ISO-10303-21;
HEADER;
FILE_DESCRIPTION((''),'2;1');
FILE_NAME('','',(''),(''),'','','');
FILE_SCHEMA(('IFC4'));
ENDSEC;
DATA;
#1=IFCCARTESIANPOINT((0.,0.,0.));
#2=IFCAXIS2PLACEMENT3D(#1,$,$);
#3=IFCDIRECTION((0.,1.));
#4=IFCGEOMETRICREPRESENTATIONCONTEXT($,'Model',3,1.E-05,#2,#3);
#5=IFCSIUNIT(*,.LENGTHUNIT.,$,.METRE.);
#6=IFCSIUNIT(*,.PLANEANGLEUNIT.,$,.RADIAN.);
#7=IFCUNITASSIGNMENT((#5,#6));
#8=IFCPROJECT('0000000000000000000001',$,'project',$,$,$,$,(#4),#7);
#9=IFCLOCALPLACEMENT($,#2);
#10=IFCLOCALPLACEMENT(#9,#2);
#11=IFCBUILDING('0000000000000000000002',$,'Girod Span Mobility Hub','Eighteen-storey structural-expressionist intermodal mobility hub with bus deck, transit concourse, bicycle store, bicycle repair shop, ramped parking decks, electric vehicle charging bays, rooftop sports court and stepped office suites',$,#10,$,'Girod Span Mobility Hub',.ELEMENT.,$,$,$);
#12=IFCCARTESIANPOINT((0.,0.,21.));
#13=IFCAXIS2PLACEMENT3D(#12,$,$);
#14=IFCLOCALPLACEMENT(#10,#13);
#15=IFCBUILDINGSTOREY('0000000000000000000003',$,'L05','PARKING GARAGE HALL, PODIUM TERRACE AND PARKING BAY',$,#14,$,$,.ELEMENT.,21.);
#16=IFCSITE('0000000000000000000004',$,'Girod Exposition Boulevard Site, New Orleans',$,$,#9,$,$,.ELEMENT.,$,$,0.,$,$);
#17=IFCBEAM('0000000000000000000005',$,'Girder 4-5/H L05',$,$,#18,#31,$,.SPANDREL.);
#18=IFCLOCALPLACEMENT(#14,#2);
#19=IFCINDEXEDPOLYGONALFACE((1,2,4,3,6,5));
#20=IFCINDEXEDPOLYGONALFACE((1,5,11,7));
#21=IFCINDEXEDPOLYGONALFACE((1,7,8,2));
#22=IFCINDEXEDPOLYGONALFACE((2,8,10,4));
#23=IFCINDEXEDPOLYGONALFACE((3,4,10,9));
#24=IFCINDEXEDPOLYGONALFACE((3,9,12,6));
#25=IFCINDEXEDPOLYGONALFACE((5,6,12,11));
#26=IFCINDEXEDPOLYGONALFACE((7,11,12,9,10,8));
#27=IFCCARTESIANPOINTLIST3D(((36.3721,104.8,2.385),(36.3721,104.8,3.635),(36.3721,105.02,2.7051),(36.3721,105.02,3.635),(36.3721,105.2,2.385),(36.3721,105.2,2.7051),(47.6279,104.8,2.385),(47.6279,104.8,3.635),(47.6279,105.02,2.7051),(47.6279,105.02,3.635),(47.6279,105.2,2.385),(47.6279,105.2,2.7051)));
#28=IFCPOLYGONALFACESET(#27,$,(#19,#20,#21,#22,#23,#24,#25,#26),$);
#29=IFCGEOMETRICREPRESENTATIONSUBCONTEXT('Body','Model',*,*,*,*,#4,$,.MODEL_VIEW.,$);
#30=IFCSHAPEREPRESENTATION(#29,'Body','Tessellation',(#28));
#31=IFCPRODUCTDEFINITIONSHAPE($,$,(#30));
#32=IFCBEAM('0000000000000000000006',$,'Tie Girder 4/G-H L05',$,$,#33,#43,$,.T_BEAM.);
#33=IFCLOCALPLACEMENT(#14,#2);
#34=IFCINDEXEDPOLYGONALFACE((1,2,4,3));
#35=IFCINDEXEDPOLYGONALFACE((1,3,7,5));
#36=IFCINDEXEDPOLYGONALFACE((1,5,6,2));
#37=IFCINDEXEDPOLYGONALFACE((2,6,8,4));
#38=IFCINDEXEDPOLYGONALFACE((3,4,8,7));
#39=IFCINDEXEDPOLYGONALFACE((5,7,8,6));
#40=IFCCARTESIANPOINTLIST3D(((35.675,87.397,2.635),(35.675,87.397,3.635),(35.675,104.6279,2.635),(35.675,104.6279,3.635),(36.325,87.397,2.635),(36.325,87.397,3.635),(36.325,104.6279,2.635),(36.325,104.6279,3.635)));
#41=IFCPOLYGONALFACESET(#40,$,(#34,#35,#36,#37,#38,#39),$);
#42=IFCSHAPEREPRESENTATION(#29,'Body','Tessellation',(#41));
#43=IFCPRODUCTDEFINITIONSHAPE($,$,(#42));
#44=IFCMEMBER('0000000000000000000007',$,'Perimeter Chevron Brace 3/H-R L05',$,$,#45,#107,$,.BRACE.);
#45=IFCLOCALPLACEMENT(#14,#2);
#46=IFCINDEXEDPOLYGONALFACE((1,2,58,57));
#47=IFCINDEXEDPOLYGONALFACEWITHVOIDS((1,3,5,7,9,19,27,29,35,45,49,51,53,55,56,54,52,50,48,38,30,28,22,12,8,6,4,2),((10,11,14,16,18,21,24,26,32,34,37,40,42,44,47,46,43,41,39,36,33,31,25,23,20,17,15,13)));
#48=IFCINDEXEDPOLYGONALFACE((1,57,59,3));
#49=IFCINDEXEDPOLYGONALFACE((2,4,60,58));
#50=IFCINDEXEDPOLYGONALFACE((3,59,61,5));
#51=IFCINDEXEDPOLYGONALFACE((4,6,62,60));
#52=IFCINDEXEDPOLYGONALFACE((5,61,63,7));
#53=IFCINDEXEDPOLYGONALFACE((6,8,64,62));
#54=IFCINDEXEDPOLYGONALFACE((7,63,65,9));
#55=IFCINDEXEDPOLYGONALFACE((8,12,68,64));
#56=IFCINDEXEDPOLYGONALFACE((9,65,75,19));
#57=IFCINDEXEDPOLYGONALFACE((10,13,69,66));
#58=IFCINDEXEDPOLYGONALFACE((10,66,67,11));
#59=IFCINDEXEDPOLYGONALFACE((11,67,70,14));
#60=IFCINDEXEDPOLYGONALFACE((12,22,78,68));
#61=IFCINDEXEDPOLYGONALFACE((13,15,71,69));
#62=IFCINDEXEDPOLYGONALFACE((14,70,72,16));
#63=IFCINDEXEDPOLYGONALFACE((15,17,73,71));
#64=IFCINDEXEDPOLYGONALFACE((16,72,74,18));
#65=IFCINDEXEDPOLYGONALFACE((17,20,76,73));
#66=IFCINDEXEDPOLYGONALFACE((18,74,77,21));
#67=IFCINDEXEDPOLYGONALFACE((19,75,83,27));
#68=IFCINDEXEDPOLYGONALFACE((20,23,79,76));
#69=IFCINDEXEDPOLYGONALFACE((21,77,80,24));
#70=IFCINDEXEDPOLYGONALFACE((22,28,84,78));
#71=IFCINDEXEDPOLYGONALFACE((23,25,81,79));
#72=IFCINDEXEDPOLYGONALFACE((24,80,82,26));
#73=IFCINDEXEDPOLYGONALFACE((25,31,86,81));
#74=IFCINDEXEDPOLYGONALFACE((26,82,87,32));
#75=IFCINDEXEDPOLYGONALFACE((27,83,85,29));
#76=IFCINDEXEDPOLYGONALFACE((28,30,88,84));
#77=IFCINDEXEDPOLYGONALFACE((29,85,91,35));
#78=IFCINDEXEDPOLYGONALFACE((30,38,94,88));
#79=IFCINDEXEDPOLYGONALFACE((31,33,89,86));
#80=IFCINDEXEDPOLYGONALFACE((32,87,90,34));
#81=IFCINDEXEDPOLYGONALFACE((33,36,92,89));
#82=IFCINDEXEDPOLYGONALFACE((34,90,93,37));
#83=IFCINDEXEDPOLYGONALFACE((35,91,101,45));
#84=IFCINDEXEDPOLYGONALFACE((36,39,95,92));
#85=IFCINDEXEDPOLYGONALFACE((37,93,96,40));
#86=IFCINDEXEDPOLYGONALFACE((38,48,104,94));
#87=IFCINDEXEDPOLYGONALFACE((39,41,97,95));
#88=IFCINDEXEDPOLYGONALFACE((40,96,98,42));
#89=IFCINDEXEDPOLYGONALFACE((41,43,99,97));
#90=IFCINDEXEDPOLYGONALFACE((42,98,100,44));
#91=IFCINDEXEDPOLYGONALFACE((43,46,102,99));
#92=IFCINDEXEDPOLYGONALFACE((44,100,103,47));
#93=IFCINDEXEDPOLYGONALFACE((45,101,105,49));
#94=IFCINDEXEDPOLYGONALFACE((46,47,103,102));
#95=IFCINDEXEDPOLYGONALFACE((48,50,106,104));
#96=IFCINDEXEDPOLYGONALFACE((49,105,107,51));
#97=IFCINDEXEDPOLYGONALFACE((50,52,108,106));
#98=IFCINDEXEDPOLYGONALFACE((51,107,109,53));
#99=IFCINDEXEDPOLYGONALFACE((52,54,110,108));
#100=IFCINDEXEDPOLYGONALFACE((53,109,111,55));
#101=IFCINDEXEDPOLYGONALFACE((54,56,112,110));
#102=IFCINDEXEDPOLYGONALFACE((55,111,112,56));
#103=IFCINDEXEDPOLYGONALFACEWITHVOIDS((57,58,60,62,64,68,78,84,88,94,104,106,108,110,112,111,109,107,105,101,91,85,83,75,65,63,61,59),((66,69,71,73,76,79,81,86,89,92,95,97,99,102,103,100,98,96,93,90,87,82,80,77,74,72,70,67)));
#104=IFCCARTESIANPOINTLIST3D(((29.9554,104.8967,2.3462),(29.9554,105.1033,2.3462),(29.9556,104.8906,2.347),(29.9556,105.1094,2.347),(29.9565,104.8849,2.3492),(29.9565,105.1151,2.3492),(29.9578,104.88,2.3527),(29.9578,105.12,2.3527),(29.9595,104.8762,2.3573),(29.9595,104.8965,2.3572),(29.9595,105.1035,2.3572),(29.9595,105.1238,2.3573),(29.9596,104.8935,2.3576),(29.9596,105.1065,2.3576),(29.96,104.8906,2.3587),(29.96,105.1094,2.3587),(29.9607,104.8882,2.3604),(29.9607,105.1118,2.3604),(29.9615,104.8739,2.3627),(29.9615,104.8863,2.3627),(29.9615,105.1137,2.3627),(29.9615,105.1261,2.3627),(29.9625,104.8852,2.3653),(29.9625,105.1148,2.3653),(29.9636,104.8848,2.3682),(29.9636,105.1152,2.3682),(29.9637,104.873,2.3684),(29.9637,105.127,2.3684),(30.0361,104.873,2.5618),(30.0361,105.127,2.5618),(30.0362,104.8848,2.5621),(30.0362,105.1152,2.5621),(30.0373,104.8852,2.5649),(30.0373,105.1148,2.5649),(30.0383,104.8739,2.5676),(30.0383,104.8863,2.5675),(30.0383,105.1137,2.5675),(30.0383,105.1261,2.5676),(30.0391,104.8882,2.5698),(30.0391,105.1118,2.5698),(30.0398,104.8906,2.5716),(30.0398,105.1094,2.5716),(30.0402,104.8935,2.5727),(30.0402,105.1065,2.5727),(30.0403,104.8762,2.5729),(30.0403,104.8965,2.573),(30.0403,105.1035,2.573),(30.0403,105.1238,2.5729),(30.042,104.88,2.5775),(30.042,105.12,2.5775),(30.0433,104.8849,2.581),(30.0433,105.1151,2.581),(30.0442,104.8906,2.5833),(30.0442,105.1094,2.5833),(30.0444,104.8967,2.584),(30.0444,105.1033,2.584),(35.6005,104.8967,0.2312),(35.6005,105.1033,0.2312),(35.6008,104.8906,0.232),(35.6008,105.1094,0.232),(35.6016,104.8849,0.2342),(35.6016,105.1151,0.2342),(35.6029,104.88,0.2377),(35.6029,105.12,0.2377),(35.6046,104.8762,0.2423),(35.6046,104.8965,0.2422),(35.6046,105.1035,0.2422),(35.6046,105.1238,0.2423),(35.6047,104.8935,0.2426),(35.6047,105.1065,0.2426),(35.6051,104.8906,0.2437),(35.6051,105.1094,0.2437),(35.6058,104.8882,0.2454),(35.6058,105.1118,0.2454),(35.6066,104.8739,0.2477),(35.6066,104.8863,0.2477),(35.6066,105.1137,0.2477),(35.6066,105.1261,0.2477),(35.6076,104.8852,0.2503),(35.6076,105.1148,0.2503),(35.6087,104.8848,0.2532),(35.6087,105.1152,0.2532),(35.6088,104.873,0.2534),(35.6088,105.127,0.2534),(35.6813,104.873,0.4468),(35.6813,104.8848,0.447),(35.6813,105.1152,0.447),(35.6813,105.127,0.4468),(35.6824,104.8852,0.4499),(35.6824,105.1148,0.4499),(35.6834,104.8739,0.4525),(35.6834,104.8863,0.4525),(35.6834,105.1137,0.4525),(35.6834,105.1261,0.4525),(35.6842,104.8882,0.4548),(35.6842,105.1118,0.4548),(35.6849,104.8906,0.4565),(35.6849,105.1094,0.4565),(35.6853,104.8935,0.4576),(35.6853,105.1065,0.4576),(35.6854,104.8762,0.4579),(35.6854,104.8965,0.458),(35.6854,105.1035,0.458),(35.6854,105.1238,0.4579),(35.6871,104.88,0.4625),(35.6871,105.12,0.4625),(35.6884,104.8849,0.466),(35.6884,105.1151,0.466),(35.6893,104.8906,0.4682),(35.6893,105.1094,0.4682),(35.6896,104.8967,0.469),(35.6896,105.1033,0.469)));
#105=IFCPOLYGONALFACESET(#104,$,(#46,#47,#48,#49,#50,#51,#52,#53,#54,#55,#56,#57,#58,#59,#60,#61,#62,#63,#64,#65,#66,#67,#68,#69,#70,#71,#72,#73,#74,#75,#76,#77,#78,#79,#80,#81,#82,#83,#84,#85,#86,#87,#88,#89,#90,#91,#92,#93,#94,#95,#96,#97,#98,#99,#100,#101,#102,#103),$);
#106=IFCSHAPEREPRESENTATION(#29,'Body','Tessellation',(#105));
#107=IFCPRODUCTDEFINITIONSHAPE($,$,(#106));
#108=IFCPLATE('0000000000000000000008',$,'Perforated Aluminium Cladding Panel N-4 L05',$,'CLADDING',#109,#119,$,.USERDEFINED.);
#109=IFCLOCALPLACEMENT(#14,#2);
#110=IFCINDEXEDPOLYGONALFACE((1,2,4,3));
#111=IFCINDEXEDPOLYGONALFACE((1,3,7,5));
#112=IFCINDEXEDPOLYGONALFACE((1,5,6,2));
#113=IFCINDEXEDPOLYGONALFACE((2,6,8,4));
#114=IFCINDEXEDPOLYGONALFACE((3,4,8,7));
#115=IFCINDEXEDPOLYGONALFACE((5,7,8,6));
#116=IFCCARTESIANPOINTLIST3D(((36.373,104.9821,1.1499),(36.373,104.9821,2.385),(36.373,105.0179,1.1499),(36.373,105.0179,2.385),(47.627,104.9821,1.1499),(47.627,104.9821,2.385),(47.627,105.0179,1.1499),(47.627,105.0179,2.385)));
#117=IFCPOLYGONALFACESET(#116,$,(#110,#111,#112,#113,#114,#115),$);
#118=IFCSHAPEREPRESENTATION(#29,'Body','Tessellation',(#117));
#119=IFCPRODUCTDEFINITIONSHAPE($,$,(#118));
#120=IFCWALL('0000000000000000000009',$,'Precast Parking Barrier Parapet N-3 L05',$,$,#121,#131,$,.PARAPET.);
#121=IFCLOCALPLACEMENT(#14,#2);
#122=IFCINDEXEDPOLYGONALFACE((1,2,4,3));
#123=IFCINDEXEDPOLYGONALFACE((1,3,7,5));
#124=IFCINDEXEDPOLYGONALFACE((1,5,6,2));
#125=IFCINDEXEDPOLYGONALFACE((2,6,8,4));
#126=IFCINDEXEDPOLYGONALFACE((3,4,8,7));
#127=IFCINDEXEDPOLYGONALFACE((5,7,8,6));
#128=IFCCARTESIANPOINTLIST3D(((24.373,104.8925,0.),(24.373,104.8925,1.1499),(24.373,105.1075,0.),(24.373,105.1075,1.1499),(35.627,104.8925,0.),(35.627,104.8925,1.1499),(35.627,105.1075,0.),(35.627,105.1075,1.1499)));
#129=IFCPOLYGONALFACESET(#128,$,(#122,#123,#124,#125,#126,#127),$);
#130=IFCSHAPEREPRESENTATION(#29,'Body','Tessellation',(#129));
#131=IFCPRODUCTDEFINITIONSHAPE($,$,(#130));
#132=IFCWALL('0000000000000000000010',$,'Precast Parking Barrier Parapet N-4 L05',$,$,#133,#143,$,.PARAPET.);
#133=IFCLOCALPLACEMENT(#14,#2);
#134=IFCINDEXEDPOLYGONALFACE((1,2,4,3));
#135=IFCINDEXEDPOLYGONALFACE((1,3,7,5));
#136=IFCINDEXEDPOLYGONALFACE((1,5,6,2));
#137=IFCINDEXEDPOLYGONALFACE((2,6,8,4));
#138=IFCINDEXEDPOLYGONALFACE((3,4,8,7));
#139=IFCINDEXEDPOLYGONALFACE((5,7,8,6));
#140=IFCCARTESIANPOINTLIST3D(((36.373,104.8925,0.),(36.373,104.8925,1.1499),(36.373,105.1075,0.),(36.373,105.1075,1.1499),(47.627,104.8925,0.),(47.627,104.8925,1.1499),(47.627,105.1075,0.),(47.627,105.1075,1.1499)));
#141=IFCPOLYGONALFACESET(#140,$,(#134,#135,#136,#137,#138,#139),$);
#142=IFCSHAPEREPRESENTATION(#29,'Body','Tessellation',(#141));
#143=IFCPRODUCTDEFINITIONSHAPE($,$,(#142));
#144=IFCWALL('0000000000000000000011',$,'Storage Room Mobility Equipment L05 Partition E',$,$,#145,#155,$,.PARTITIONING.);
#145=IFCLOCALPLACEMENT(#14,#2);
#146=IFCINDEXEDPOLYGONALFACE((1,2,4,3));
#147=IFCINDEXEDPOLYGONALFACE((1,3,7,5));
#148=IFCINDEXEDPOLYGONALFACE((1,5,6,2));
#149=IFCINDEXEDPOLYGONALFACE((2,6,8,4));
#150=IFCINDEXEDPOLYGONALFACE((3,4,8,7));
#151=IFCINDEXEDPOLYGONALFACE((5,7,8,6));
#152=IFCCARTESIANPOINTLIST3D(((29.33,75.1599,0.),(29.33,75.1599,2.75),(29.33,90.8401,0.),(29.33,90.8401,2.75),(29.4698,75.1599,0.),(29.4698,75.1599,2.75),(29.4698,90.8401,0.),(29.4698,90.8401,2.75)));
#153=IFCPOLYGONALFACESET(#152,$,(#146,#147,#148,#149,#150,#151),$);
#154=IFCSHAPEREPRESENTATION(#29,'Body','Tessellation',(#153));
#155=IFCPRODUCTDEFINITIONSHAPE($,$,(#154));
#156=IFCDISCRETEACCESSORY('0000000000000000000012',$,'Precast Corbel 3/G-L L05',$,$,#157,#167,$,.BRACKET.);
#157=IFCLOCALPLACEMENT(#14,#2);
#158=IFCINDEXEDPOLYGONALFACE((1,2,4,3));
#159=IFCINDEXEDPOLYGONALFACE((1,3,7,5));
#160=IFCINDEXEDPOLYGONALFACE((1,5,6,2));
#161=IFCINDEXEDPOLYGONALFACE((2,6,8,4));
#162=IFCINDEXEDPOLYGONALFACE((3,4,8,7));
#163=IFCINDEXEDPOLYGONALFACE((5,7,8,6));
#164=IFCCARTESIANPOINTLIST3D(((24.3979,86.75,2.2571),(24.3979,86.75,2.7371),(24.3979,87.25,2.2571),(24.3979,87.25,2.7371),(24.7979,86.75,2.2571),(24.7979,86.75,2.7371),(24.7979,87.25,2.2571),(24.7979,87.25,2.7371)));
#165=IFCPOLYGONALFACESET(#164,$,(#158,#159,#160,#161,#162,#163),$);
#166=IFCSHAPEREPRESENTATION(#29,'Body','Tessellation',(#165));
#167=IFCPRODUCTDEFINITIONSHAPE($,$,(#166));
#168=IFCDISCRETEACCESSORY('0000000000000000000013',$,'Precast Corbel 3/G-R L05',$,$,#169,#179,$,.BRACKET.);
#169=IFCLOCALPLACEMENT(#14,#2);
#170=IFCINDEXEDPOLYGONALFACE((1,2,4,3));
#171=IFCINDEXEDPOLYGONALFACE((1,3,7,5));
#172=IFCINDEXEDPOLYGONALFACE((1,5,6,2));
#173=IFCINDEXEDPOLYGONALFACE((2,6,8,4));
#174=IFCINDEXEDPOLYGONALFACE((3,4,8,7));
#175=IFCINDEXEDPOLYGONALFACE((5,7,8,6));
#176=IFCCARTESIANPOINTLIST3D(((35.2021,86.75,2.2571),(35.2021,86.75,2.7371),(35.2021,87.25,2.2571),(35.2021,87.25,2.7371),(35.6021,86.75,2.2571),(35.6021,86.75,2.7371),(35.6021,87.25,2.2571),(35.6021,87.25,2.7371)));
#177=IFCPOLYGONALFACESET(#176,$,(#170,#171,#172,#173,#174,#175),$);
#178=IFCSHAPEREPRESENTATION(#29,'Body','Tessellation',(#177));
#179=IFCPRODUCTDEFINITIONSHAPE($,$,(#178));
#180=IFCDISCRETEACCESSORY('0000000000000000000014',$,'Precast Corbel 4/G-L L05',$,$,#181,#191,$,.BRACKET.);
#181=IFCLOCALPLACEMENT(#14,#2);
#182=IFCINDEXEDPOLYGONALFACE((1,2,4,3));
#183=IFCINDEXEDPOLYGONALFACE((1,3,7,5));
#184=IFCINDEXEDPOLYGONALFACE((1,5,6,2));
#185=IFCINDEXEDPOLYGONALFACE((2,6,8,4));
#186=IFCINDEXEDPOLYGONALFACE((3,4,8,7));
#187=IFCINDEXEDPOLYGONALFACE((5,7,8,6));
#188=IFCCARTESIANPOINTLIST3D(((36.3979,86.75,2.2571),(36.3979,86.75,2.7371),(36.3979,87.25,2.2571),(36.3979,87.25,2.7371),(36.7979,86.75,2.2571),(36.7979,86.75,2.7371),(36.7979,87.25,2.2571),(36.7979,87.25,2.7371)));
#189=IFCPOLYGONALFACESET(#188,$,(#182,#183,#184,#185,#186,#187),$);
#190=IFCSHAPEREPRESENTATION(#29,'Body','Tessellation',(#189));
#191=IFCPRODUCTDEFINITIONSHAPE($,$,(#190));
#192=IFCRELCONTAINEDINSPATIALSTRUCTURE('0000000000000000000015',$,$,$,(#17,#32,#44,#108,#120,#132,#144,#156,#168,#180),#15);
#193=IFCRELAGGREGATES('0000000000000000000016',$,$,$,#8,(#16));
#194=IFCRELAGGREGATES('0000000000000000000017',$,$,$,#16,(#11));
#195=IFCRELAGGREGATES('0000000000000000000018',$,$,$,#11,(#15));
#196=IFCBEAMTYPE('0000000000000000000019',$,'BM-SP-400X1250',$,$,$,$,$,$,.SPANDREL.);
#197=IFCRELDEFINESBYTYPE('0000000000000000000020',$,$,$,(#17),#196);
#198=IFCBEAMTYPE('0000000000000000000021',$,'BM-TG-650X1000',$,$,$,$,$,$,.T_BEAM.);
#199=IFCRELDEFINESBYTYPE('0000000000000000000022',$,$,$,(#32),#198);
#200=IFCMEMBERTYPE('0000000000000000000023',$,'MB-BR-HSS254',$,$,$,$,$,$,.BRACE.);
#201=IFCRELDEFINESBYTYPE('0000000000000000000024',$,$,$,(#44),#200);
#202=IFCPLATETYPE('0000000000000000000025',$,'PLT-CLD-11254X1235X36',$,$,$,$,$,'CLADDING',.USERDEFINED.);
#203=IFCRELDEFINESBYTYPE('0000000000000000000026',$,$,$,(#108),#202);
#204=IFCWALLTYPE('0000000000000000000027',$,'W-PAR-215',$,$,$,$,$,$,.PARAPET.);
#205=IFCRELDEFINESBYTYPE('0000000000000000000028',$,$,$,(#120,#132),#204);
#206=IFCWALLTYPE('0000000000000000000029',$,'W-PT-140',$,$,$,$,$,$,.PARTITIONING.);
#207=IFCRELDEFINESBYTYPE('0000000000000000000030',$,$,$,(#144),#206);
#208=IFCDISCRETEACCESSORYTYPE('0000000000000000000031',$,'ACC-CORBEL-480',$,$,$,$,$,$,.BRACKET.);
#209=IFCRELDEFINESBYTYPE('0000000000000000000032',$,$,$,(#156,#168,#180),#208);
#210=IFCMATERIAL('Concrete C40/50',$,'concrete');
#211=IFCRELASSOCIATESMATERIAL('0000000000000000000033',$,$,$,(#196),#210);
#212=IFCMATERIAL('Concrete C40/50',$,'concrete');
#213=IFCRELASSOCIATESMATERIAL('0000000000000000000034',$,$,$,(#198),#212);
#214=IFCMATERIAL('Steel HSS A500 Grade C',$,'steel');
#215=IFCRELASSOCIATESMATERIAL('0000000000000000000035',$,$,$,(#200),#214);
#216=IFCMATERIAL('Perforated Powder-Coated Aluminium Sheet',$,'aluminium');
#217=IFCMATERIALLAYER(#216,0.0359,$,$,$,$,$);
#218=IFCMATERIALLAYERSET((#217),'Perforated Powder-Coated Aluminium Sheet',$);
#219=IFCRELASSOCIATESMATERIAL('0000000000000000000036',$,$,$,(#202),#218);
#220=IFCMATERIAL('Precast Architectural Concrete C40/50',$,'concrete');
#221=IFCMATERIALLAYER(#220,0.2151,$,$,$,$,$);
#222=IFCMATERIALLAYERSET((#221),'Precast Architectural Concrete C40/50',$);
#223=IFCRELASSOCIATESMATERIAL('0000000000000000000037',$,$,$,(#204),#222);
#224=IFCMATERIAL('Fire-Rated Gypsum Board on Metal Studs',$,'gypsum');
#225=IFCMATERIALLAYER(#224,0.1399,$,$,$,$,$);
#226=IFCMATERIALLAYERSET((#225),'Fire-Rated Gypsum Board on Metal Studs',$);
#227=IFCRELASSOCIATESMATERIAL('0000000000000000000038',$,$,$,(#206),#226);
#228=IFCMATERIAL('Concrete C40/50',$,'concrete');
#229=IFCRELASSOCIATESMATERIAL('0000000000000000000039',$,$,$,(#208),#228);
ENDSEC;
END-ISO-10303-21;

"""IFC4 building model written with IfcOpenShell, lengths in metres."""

from ifc_helpers import new_model, si_unit, direction, frame, frame_2d, origin, origin_2d, place, context, subcontext, project, spatial, polyline, rectangle, hollow_rectangle, outline, extrude, material, layer, layer_set, material_profile, profile_set, type_object, element, save


model = new_model("IFC4")

# Units and contexts
model_context = context("Model", 3, precision=1e-05, world=origin(), true_north=direction((0.0, 1.0)))
body_context = subcontext(model_context, "Body", "Model", "MODEL_VIEW")
ifc_project = project(units=[si_unit("LENGTHUNIT", "METRE"), si_unit("PLANEANGLEUNIT", "RADIAN")], contexts=[model_context])

# Site, building, storey
site_placement = place(None, origin())
site = spatial("IfcSite", under=ifc_project, at=site_placement, Name="Girod Exposition Boulevard Site, New Orleans", CompositionType="ELEMENT", RefElevation=0.0)
building_placement = place(site_placement, origin())
building = spatial("IfcBuilding", under=site, at=building_placement, Name="Girod Span Mobility Hub", Description="Eighteen-storey structural-expressionist intermodal mobility hub with bus deck, transit concourse, bicycle store, bicycle repair shop, ramped parking decks, electric vehicle charging bays, rooftop sports court and stepped office suites", LongName="Girod Span Mobility Hub", CompositionType="ELEMENT")
storey_placement = place(building_placement, frame((0.0, 0.0, 21.0)))
storey = spatial("IfcBuildingStorey", under=building, at=storey_placement, Name="L05", Description="PARKING GARAGE HALL, PODIUM TERRACE AND PARKING BAY", CompositionType="ELEMENT", Elevation=21.0)

# Beams
ifc_material_1 = material(Name="Concrete C40/50", Category="concrete")
ifc_material_profile_1 = material_profile(ifc_material_1, outline(polyline([(-0.2, -0.625), (0.2, -0.625), (0.2, -0.3049), (0.02, -0.3049), (0.02, 0.625), (-0.2, 0.625), (-0.2, -0.625)])), Name="SP-400X1250")
ifc_profile_set_1 = profile_set([ifc_material_profile_1], Name="Concrete C40/50")
beam_type_1 = type_object("IfcBeamType", Name="BM-SP-400X1250", PredefinedType="SPANDREL", material=ifc_profile_set_1)
beam_1_placement = place(storey_placement, frame((36.3721, 105.0, 3.01), z_axis=(1.0, 0.0, 0.0), x_axis=(0.0, 1.0, 0.0)))
element("IfcBeam", 1, at=beam_1_placement, inside=storey, type_object=beam_type_1, Name="Girder 4-5/H L05", PredefinedType="SPANDREL", context=body_context, shape_type="SweptSolid", body=[
    extrude(outline(polyline([(-0.2, -0.625), (0.2, -0.625), (0.2, -0.3049), (0.02, -0.3049), (0.02, 0.625), (-0.2, 0.625), (-0.2, -0.625)])), origin(), (0.0, 0.0, 1.0), 11.2559),
])
ifc_material_2 = material(Name="Concrete C40/50", Category="concrete")
ifc_material_profile_2 = material_profile(ifc_material_2, rectangle(XDim=0.6499, YDim=1.0, at=origin_2d()), Name="TG-650X1000")
ifc_profile_set_2 = profile_set([ifc_material_profile_2], Name="Concrete C40/50")
beam_type_2 = type_object("IfcBeamType", Name="BM-TG-650X1000", PredefinedType="T_BEAM", material=ifc_profile_set_2)
beam_2_placement = place(storey_placement, frame((36.0, 87.397, 3.135), z_axis=(0.0, 1.0, 0.0), x_axis=(-1.0, 0.0, 0.0)))
element("IfcBeam", 2, at=beam_2_placement, inside=storey, type_object=beam_type_2, Name="Tie Girder 4/G-H L05", PredefinedType="T_BEAM", context=body_context, shape_type="SweptSolid", body=[
    extrude(rectangle(XDim=0.6499, YDim=1.0, at=origin_2d()), origin(), (0.0, 0.0, 1.0), 17.231),
])

# Member
ifc_material_3 = material(Name="Steel HSS A500 Grade C", Category="steel")
ifc_material_profile_3 = material_profile(ifc_material_3, hollow_rectangle(XDim=0.2539, YDim=0.2539, WallThickness=0.0117, InnerFilletRadius=0.0117, OuterFilletRadius=0.0237, at=origin_2d()), Name="HSS254X254X12.7")
ifc_profile_set_3 = profile_set([ifc_material_profile_3], Name="Steel HSS A500 Grade C")
member_type = type_object("IfcMemberType", Name="MB-BR-HSS254", PredefinedType="BRACE", material=ifc_profile_set_3)
member_placement = place(storey_placement, frame((35.645, 105.0, 0.3501), z_axis=(-0.936432, 0.0, 0.350848), x_axis=(0.0, -1.0, 0.0)))
element("IfcMember", 3, at=member_placement, inside=storey, type_object=member_type, Name="Perimeter Chevron Brace 3/H-R L05", PredefinedType="BRACE", context=body_context, shape_type="SweptSolid", body=[
    extrude(hollow_rectangle(XDim=0.2539, YDim=0.2539, WallThickness=0.0117, InnerFilletRadius=0.0117, OuterFilletRadius=0.0237, at=origin_2d()), origin(), (0.0, 0.0, 1.0), 6.0283),
])

# Plate
ifc_material_4 = material(Name="Perforated Powder-Coated Aluminium Sheet", Category="aluminium")
ifc_layer_1 = layer(ifc_material_4, 0.0359)
ifc_layer_set_1 = layer_set([ifc_layer_1], Name="Perforated Powder-Coated Aluminium Sheet")
plate_type = type_object("IfcPlateType", Name="PLT-CLD-11254X1235X36", ElementType="CLADDING", PredefinedType="USERDEFINED", material=ifc_layer_set_1)
plate_placement = place(storey_placement, frame((42.0, 105.0, 1.1499), z_axis=(0.0, 0.0, 1.0), x_axis=(1.0, 0.0, 0.0)))
element("IfcPlate", 4, at=plate_placement, inside=storey, type_object=plate_type, Name="Perforated Aluminium Cladding Panel N-4 L05", ObjectType="CLADDING", PredefinedType="USERDEFINED", context=body_context, shape_type="SweptSolid", body=[
    extrude(rectangle(XDim=11.2539, YDim=0.0359, at=origin_2d()), origin(), (0.0, 0.0, 1.0), 1.2351),
])

# Walls
ifc_material_5 = material(Name="Precast Architectural Concrete C40/50", Category="concrete")
ifc_layer_2 = layer(ifc_material_5, 0.2151)
ifc_layer_set_2 = layer_set([ifc_layer_2], Name="Precast Architectural Concrete C40/50")
wall_type_1 = type_object("IfcWallType", Name="W-PAR-215", PredefinedType="PARAPET", material=ifc_layer_set_2)
for number, where, z_axis, x_axis, name in (
    (5, (24.373, 105.0, 0.0), (0.0, 0.0, 1.0), (1.0, 0.0, 0.0), "Precast Parking Barrier Parapet N-3 L05"),
    (6, (36.373, 105.0, 0.0), (0.0, 0.0, 1.0), (1.0, 0.0, 0.0), "Precast Parking Barrier Parapet N-4 L05"),
):
    element("IfcWall", number, at=place(storey_placement, frame(where, z_axis=z_axis, x_axis=x_axis)), inside=storey, type_object=wall_type_1, Name=name, PredefinedType="PARAPET", context=body_context, shape_type="SweptSolid", body=[
        extrude(rectangle(XDim=11.2539, YDim=0.2151, at=frame_2d((5.627, 0.0))), origin(), (0.0, 0.0, 1.0), 1.1499),
    ])
ifc_material_6 = material(Name="Fire-Rated Gypsum Board on Metal Studs", Category="gypsum")
ifc_layer_3 = layer(ifc_material_6, 0.1399)
ifc_layer_set_3 = layer_set([ifc_layer_3], Name="Fire-Rated Gypsum Board on Metal Studs")
wall_type_2 = type_object("IfcWallType", Name="W-PT-140", PredefinedType="PARTITIONING", material=ifc_layer_set_3)
wall_placement = place(storey_placement, frame((29.3999, 75.1599, 0.0), z_axis=(0.0, 0.0, 1.0), x_axis=(0.0, 1.0, 0.0)))
element("IfcWall", 7, at=wall_placement, inside=storey, type_object=wall_type_2, Name="Storage Room Mobility Equipment L05 Partition E", PredefinedType="PARTITIONING", context=body_context, shape_type="SweptSolid", body=[
    extrude(rectangle(XDim=15.6802, YDim=0.1399, at=frame_2d((7.8401, 0.0))), origin(), (0.0, 0.0, 1.0), 2.75),
])

# Discrete accessories
ifc_material_7 = material(Name="Concrete C40/50", Category="concrete")
discrete_accessory_type = type_object("IfcDiscreteAccessoryType", Name="ACC-CORBEL-480", PredefinedType="BRACKET", material=ifc_material_7)
for number, where, z_axis, x_axis, name in (
    (8, (24.5979, 87.0, 2.2571), (0.0, 0.0, 1.0), (1.0, 0.0, 0.0), "Precast Corbel 3/G-L L05"),
    (9, (35.4021, 87.0, 2.2571), (0.0, 0.0, 1.0), (1.0, 0.0, 0.0), "Precast Corbel 3/G-R L05"),
    (10, (36.5979, 87.0, 2.2571), (0.0, 0.0, 1.0), (1.0, 0.0, 0.0), "Precast Corbel 4/G-L L05"),
):
    element("IfcDiscreteAccessory", number, at=place(storey_placement, frame(where, z_axis=z_axis, x_axis=x_axis)), inside=storey, type_object=discrete_accessory_type, Name=name, PredefinedType="BRACKET", context=body_context, shape_type="SweptSolid", body=[
        extrude(rectangle(XDim=0.3999, YDim=0.5, at=origin_2d()), origin(), (0.0, 0.0, 1.0), 0.48),
    ])

save(model, "model.ifc")
